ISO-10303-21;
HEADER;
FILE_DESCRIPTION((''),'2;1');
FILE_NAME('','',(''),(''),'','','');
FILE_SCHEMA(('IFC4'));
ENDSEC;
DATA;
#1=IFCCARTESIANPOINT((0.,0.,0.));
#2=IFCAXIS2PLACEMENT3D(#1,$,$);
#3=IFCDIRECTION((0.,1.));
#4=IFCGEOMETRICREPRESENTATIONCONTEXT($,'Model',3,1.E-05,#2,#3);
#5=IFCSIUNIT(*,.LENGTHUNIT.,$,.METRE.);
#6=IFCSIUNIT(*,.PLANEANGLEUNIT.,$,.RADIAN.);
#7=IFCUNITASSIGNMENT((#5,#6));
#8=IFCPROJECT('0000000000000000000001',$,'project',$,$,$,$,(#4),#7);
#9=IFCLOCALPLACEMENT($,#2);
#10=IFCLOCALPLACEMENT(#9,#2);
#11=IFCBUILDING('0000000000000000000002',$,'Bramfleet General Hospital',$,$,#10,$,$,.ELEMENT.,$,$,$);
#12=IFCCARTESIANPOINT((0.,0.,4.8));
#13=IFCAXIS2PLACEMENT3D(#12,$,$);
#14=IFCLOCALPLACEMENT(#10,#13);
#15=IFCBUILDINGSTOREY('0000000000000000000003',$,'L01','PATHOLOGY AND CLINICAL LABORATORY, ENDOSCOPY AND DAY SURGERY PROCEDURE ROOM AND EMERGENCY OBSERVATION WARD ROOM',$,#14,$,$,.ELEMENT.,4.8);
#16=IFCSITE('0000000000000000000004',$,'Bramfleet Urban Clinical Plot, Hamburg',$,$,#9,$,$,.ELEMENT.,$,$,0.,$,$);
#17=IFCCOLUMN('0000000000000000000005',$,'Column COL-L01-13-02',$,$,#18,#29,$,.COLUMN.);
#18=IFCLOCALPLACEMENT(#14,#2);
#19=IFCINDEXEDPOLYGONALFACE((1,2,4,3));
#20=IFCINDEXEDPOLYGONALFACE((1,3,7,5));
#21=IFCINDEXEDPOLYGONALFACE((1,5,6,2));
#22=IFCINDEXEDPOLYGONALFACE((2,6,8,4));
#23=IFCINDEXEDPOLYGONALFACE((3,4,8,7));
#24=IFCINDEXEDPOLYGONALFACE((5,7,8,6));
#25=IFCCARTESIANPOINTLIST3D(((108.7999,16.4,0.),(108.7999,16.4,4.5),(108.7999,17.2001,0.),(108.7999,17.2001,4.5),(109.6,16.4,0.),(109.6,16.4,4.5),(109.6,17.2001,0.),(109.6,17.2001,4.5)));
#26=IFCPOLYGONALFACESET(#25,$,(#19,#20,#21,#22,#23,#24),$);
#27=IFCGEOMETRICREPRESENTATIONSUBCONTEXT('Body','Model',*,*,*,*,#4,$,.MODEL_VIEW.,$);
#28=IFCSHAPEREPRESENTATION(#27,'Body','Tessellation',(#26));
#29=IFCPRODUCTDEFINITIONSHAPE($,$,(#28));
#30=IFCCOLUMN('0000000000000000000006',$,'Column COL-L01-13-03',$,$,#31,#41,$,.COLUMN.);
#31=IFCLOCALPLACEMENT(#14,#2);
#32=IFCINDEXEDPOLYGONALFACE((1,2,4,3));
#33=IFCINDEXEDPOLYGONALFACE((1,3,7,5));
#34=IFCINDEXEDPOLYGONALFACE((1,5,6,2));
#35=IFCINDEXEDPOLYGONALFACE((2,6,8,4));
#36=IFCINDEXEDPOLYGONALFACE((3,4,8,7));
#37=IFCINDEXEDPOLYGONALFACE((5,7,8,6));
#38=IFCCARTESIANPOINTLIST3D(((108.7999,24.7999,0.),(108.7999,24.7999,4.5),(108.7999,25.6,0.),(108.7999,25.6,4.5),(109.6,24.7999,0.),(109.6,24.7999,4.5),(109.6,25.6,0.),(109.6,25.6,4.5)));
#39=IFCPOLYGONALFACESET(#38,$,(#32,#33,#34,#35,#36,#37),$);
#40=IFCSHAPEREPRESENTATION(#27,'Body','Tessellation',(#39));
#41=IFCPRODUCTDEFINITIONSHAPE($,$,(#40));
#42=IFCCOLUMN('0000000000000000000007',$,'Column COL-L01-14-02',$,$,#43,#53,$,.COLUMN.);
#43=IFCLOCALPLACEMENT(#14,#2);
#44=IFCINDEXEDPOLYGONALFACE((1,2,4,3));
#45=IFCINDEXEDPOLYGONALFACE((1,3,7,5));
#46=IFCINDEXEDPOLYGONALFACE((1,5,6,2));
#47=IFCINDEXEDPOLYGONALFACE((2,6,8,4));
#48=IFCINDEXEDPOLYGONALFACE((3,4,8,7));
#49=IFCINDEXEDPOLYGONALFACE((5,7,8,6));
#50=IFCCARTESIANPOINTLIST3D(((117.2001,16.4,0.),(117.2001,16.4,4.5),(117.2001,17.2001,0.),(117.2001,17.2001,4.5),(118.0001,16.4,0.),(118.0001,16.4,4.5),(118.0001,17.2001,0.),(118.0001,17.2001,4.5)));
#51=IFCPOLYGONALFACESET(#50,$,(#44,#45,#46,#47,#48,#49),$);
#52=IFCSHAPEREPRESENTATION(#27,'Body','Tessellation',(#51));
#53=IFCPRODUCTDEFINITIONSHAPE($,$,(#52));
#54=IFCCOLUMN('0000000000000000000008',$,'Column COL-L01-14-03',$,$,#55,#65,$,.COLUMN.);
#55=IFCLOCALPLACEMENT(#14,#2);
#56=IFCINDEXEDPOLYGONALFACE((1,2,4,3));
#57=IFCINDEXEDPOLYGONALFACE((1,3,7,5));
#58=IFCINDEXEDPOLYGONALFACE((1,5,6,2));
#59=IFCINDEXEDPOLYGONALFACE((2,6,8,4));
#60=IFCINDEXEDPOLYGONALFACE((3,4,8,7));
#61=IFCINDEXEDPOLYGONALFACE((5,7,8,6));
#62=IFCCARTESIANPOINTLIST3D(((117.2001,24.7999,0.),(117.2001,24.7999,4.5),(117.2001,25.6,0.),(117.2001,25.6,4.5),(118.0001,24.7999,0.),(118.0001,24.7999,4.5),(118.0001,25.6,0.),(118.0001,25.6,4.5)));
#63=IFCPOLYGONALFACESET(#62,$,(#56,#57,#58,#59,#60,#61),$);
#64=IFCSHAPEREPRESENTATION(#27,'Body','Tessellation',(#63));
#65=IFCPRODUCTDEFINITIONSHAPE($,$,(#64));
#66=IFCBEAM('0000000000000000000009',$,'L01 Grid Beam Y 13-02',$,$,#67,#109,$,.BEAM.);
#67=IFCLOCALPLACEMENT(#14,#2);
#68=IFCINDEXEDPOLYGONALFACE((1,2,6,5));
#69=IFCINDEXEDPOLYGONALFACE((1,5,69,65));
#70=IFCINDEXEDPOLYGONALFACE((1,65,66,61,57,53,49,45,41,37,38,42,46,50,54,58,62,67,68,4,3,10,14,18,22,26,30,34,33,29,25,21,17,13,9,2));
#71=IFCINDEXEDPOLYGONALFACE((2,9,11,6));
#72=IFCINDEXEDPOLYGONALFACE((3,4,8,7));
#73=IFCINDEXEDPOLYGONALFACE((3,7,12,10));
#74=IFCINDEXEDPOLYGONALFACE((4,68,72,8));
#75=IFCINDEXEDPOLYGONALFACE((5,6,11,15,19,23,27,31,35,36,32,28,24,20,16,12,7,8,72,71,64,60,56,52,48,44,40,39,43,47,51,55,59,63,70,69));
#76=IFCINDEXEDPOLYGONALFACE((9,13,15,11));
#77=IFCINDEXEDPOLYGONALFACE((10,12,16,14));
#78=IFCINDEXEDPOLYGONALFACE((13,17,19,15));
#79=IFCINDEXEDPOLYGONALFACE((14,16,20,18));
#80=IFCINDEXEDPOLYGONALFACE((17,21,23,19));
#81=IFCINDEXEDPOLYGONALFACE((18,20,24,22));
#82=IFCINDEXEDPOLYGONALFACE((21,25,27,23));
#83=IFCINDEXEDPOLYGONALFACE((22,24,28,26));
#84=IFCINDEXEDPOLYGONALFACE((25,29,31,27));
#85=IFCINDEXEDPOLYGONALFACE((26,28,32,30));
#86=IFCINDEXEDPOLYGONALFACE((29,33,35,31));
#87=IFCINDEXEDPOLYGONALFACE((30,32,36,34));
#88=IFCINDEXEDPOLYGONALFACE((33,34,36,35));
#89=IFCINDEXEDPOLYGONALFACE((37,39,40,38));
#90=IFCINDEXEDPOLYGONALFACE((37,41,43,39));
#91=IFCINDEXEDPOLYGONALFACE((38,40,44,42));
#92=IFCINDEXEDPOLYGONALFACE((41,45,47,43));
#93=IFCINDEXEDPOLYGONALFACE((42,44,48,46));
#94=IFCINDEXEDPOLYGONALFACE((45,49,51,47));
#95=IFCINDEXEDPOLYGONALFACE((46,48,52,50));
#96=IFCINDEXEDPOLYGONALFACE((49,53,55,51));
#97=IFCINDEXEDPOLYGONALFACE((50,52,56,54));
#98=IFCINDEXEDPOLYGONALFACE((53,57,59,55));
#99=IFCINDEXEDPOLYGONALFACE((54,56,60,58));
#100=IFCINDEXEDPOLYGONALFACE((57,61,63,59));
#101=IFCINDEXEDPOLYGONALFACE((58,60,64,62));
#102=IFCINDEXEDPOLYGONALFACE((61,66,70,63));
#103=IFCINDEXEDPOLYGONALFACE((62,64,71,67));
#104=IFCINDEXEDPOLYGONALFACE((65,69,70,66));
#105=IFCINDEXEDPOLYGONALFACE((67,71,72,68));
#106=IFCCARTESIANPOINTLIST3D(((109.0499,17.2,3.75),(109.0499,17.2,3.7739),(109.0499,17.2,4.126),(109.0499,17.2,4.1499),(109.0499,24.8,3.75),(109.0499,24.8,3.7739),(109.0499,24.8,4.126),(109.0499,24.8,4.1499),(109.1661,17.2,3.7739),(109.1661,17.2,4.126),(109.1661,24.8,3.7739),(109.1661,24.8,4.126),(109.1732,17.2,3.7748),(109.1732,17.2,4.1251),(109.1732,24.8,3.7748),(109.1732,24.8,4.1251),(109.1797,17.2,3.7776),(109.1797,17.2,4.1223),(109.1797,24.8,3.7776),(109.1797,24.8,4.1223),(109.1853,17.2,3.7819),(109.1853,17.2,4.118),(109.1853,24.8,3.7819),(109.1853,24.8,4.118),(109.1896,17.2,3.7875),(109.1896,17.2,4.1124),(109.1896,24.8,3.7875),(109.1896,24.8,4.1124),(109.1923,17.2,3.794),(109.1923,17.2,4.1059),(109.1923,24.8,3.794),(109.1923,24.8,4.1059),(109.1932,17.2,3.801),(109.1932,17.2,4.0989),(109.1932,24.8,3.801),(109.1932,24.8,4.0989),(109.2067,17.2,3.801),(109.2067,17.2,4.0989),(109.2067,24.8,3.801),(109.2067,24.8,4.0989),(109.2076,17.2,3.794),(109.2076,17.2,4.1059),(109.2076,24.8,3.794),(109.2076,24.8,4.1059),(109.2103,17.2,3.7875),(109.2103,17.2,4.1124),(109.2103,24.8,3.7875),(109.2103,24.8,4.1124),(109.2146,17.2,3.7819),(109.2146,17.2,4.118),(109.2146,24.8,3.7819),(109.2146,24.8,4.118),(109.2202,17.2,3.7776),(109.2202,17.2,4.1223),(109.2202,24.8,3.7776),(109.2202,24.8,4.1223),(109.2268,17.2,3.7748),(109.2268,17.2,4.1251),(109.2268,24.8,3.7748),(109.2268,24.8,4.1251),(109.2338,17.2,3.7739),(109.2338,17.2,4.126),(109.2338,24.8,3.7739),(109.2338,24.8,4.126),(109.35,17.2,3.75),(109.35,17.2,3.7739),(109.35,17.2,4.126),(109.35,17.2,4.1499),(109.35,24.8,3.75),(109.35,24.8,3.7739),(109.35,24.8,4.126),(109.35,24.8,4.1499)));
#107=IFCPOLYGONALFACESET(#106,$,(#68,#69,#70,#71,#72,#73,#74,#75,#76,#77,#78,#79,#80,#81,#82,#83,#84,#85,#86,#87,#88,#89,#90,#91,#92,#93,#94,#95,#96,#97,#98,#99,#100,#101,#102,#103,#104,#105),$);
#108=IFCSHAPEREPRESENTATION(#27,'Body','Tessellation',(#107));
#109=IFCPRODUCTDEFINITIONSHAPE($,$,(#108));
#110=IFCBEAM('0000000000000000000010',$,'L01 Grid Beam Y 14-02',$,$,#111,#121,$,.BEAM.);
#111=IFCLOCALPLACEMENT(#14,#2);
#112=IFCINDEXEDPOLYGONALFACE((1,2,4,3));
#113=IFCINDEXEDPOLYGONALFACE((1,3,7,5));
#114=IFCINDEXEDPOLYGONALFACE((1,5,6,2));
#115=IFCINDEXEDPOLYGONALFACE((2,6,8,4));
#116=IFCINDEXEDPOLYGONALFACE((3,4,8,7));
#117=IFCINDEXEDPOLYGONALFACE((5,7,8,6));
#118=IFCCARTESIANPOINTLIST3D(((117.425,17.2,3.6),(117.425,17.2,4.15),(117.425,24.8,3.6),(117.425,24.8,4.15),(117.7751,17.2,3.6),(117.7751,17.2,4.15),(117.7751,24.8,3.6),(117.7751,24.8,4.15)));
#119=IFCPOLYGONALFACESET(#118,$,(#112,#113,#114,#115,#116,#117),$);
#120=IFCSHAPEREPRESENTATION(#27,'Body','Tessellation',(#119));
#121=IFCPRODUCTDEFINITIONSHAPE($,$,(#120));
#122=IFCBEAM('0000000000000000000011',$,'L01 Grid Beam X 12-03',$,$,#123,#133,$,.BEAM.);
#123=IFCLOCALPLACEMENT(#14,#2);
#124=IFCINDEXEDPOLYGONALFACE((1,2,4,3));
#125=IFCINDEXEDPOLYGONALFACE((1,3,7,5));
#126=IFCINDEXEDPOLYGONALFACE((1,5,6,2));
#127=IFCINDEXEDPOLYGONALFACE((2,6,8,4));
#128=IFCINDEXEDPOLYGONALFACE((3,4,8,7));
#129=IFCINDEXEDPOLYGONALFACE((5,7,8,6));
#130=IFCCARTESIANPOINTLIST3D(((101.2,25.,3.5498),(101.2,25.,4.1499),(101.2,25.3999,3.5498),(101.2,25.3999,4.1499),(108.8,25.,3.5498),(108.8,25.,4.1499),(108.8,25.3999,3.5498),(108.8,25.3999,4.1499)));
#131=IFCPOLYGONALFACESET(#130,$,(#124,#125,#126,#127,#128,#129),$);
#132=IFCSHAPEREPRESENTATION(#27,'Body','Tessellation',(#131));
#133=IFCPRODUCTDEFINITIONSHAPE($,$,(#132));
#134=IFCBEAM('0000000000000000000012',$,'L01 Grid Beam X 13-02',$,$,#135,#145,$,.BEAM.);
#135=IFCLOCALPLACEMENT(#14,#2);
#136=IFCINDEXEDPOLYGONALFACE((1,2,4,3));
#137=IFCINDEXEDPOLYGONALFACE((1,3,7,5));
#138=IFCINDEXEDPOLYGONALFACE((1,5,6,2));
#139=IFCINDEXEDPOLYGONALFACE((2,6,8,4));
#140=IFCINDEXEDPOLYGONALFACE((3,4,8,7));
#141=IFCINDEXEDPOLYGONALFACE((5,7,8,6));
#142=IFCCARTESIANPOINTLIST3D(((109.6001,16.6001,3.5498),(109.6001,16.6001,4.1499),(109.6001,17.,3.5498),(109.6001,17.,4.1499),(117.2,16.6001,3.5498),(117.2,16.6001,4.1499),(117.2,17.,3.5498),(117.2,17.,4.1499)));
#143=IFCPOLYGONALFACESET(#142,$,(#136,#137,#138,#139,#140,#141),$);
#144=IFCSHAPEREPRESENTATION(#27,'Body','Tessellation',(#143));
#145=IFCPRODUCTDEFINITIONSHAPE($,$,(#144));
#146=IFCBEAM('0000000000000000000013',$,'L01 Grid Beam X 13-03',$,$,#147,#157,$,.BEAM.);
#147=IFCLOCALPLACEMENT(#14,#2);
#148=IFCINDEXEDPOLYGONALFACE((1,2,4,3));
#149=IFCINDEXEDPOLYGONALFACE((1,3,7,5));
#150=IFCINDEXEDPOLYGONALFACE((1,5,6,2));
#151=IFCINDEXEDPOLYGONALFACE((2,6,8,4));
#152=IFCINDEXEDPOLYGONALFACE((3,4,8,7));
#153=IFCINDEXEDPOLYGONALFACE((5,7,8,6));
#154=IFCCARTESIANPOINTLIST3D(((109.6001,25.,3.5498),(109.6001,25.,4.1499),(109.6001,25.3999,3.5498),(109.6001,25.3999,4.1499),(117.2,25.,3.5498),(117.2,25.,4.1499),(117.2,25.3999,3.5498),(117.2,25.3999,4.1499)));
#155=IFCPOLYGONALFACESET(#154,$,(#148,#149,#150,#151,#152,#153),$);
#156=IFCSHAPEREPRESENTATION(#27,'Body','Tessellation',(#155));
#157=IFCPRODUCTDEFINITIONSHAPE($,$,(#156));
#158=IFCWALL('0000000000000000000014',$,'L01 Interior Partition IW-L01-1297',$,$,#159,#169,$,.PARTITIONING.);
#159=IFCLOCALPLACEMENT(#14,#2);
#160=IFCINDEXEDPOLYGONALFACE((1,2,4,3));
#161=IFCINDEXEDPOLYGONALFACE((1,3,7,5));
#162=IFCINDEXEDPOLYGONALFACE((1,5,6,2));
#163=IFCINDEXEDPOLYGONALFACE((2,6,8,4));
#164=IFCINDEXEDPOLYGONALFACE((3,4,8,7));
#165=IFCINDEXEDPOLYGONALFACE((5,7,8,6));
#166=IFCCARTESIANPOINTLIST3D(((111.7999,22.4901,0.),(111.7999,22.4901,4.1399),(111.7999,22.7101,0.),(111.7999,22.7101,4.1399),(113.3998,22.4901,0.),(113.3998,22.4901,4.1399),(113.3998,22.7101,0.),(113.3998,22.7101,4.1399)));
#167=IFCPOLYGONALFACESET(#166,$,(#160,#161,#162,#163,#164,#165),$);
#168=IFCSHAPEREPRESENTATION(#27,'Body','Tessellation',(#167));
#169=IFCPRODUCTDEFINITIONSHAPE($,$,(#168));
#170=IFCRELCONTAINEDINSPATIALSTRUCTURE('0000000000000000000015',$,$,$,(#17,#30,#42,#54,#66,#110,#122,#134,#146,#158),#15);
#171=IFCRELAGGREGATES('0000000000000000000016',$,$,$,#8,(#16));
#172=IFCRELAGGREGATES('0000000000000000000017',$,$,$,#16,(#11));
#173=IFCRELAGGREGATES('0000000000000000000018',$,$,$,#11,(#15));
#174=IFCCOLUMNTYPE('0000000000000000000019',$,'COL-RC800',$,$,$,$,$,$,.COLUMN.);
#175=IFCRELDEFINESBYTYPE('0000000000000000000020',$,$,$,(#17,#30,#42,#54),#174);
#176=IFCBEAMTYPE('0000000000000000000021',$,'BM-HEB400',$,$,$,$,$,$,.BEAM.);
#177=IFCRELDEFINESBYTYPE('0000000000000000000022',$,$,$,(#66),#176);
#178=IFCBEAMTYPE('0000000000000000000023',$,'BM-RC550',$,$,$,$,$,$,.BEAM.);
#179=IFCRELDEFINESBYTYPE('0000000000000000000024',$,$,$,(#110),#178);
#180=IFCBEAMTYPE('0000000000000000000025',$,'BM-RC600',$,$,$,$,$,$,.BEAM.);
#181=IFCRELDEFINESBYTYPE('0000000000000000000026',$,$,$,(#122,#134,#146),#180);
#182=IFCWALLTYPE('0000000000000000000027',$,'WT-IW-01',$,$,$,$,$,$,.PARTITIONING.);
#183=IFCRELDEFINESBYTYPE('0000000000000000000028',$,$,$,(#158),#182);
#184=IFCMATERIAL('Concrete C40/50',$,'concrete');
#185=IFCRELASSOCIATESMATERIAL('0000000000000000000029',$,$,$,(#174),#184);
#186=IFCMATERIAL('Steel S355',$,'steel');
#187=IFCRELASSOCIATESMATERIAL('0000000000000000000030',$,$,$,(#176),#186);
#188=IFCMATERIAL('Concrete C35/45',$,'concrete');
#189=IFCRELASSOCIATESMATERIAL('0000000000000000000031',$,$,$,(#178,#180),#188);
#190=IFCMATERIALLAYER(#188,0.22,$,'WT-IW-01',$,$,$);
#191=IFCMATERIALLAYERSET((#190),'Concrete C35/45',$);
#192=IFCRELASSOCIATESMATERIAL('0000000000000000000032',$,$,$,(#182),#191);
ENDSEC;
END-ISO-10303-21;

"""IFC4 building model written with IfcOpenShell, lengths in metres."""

from ifc_helpers import new_model, si_unit, direction, frame, frame_2d, origin, origin_2d, place, context, subcontext, project, spatial, rectangle, i_section, extrude, material, layer, layer_set, material_profile, profile_set, type_object, element, save


model = new_model("IFC4")

# Units and contexts
model_context = context("Model", 3, precision=1e-05, world=origin(), true_north=direction((0.0, 1.0)))
body_context = subcontext(model_context, "Body", "Model", "MODEL_VIEW")
ifc_project = project(units=[si_unit("LENGTHUNIT", "METRE"), si_unit("PLANEANGLEUNIT", "RADIAN")], contexts=[model_context])

# Site, building, storey
site_placement = place(None, origin())
site = spatial("IfcSite", under=ifc_project, at=site_placement, Name="Bramfleet Urban Clinical Plot, Hamburg", CompositionType="ELEMENT", RefElevation=0.0)
building_placement = place(site_placement, origin())
building = spatial("IfcBuilding", under=site, at=building_placement, Name="Bramfleet General Hospital", CompositionType="ELEMENT")
storey_placement = place(building_placement, frame((0.0, 0.0, 4.8)))
storey = spatial("IfcBuildingStorey", under=building, at=storey_placement, Name="L01", Description="PATHOLOGY AND CLINICAL LABORATORY, ENDOSCOPY AND DAY SURGERY PROCEDURE ROOM AND EMERGENCY OBSERVATION WARD ROOM", CompositionType="ELEMENT", Elevation=4.8)

# Columns
ifc_material_1 = material(Name="Concrete C40/50", Category="concrete")
ifc_material_profile_1 = material_profile(ifc_material_1, rectangle(XDim=0.8, YDim=0.8, at=origin_2d()), Name="RC COL 800x800")
ifc_profile_set_1 = profile_set([ifc_material_profile_1], Name="Concrete C40/50")
column_type = type_object("IfcColumnType", Name="COL-RC800", PredefinedType="COLUMN", material=ifc_profile_set_1)
for number, where, z_axis, x_axis, name in (
    (1, (109.2, 16.8, 0.0), (0.0, 0.0, 1.0), (1.0, 0.0, 0.0), "Column COL-L01-13-02"),
    (2, (109.2, 25.2, 0.0), (0.0, 0.0, 1.0), (1.0, 0.0, 0.0), "Column COL-L01-13-03"),
    (3, (117.6001, 16.8, 0.0), (0.0, 0.0, 1.0), (1.0, 0.0, 0.0), "Column COL-L01-14-02"),
    (4, (117.6001, 25.2, 0.0), (0.0, 0.0, 1.0), (1.0, 0.0, 0.0), "Column COL-L01-14-03"),
):
    element("IfcColumn", number, at=place(storey_placement, frame(where, z_axis=z_axis, x_axis=x_axis)), inside=storey, type_object=column_type, Name=name, PredefinedType="COLUMN", context=body_context, shape_type="SweptSolid", body=[
        extrude(rectangle(XDim=0.8, YDim=0.8, at=origin_2d()), origin(), (0.0, 0.0, 1.0), 4.5),
    ])

# Beams
ifc_material_2 = material(Name="Steel S355", Category="steel")
ifc_material_profile_2 = material_profile(ifc_material_2, i_section(OverallWidth=0.3, OverallDepth=0.3999, WebThickness=0.0134, FlangeThickness=0.0239, FilletRadius=0.0271, at=origin_2d()), Name="HEB 400")
ifc_profile_set_2 = profile_set([ifc_material_profile_2], Name="Steel S355")
beam_type_1 = type_object("IfcBeamType", Name="BM-HEB400", PredefinedType="BEAM", material=ifc_profile_set_2)
beam_1_placement = place(storey_placement, frame((109.2, 17.2, 3.95), z_axis=(0.0, 1.0, 0.0), x_axis=(-1.0, 0.0, 0.0)))
element("IfcBeam", 5, at=beam_1_placement, inside=storey, type_object=beam_type_1, Name="L01 Grid Beam Y 13-02", PredefinedType="BEAM", context=body_context, shape_type="SweptSolid", body=[
    extrude(i_section(OverallWidth=0.3, OverallDepth=0.3999, WebThickness=0.0134, FlangeThickness=0.0239, FilletRadius=0.0271, at=origin_2d()), origin(), (0.0, 0.0, 1.0), 7.6001),
])
ifc_material_3 = material(Name="Concrete C35/45", Category="concrete")
ifc_material_profile_3 = material_profile(ifc_material_3, rectangle(XDim=0.3501, YDim=0.55, at=origin_2d()), Name="RC BM 550x350")
ifc_profile_set_3 = profile_set([ifc_material_profile_3], Name="Concrete C35/45")
beam_type_2 = type_object("IfcBeamType", Name="BM-RC550", PredefinedType="BEAM", material=ifc_profile_set_3)
beam_2_placement = place(storey_placement, frame((117.6001, 17.2, 3.875), z_axis=(0.0, 1.0, 0.0), x_axis=(-1.0, 0.0, 0.0)))
element("IfcBeam", 6, at=beam_2_placement, inside=storey, type_object=beam_type_2, Name="L01 Grid Beam Y 14-02", PredefinedType="BEAM", context=body_context, shape_type="SweptSolid", body=[
    extrude(rectangle(XDim=0.3501, YDim=0.55, at=origin_2d()), origin(), (0.0, 0.0, 1.0), 7.6001),
])
ifc_material_profile_4 = material_profile(ifc_material_3, rectangle(XDim=0.3999, YDim=0.6001, at=origin_2d()), Name="RC BM 600x400")
ifc_profile_set_4 = profile_set([ifc_material_profile_4], Name="Concrete C35/45")
beam_type_3 = type_object("IfcBeamType", Name="BM-RC600", PredefinedType="BEAM", material=ifc_profile_set_4)
beam_3_placement = place(storey_placement, frame((101.2, 25.2, 3.8499), z_axis=(1.0, 0.0, 0.0), x_axis=(0.0, 1.0, 0.0)))
element("IfcBeam", 7, at=beam_3_placement, inside=storey, type_object=beam_type_3, Name="L01 Grid Beam X 12-03", PredefinedType="BEAM", context=body_context, shape_type="SweptSolid", body=[
    extrude(rectangle(XDim=0.3999, YDim=0.6001, at=origin_2d()), origin(), (0.0, 0.0, 1.0), 7.6001),
])
for number, where, z_axis, x_axis, name in (
    (8, (109.6001, 16.8, 3.8499), (1.0, 0.0, 0.0), (0.0, 1.0, 0.0), "L01 Grid Beam X 13-02"),
    (9, (109.6001, 25.2, 3.8499), (1.0, 0.0, 0.0), (0.0, 1.0, 0.0), "L01 Grid Beam X 13-03"),
):
    element("IfcBeam", number, at=place(storey_placement, frame(where, z_axis=z_axis, x_axis=x_axis)), inside=storey, type_object=beam_type_3, Name=name, PredefinedType="BEAM", context=body_context, shape_type="SweptSolid", body=[
        extrude(rectangle(XDim=0.3999, YDim=0.6001, at=origin_2d()), origin(), (0.0, 0.0, 1.0), 7.5999),
    ])

# Wall
ifc_layer_1 = layer(ifc_material_3, 0.22, Name="WT-IW-01")
ifc_layer_set_1 = layer_set([ifc_layer_1], Name="Concrete C35/45")
wall_type_1 = type_object("IfcWallType", Name="WT-IW-01", PredefinedType="PARTITIONING", material=ifc_layer_set_1)
wall_1_placement = place(storey_placement, frame((111.8, 22.6001, 0.0), z_axis=(0.0, 0.0, 1.0), x_axis=(1.0, 0.0, 0.0)))
element("IfcWall", 10, at=wall_1_placement, inside=storey, type_object=wall_type_1, Name="L01 Interior Partition IW-L01-1297", PredefinedType="PARTITIONING", context=body_context, shape_type="SweptSolid", body=[
    extrude(rectangle(XDim=1.5999, YDim=0.22, at=frame_2d((0.7998, 0.0))), origin(), (0.0, 0.0, 1.0), 4.1399),
])

save(model, "model.ifc")
